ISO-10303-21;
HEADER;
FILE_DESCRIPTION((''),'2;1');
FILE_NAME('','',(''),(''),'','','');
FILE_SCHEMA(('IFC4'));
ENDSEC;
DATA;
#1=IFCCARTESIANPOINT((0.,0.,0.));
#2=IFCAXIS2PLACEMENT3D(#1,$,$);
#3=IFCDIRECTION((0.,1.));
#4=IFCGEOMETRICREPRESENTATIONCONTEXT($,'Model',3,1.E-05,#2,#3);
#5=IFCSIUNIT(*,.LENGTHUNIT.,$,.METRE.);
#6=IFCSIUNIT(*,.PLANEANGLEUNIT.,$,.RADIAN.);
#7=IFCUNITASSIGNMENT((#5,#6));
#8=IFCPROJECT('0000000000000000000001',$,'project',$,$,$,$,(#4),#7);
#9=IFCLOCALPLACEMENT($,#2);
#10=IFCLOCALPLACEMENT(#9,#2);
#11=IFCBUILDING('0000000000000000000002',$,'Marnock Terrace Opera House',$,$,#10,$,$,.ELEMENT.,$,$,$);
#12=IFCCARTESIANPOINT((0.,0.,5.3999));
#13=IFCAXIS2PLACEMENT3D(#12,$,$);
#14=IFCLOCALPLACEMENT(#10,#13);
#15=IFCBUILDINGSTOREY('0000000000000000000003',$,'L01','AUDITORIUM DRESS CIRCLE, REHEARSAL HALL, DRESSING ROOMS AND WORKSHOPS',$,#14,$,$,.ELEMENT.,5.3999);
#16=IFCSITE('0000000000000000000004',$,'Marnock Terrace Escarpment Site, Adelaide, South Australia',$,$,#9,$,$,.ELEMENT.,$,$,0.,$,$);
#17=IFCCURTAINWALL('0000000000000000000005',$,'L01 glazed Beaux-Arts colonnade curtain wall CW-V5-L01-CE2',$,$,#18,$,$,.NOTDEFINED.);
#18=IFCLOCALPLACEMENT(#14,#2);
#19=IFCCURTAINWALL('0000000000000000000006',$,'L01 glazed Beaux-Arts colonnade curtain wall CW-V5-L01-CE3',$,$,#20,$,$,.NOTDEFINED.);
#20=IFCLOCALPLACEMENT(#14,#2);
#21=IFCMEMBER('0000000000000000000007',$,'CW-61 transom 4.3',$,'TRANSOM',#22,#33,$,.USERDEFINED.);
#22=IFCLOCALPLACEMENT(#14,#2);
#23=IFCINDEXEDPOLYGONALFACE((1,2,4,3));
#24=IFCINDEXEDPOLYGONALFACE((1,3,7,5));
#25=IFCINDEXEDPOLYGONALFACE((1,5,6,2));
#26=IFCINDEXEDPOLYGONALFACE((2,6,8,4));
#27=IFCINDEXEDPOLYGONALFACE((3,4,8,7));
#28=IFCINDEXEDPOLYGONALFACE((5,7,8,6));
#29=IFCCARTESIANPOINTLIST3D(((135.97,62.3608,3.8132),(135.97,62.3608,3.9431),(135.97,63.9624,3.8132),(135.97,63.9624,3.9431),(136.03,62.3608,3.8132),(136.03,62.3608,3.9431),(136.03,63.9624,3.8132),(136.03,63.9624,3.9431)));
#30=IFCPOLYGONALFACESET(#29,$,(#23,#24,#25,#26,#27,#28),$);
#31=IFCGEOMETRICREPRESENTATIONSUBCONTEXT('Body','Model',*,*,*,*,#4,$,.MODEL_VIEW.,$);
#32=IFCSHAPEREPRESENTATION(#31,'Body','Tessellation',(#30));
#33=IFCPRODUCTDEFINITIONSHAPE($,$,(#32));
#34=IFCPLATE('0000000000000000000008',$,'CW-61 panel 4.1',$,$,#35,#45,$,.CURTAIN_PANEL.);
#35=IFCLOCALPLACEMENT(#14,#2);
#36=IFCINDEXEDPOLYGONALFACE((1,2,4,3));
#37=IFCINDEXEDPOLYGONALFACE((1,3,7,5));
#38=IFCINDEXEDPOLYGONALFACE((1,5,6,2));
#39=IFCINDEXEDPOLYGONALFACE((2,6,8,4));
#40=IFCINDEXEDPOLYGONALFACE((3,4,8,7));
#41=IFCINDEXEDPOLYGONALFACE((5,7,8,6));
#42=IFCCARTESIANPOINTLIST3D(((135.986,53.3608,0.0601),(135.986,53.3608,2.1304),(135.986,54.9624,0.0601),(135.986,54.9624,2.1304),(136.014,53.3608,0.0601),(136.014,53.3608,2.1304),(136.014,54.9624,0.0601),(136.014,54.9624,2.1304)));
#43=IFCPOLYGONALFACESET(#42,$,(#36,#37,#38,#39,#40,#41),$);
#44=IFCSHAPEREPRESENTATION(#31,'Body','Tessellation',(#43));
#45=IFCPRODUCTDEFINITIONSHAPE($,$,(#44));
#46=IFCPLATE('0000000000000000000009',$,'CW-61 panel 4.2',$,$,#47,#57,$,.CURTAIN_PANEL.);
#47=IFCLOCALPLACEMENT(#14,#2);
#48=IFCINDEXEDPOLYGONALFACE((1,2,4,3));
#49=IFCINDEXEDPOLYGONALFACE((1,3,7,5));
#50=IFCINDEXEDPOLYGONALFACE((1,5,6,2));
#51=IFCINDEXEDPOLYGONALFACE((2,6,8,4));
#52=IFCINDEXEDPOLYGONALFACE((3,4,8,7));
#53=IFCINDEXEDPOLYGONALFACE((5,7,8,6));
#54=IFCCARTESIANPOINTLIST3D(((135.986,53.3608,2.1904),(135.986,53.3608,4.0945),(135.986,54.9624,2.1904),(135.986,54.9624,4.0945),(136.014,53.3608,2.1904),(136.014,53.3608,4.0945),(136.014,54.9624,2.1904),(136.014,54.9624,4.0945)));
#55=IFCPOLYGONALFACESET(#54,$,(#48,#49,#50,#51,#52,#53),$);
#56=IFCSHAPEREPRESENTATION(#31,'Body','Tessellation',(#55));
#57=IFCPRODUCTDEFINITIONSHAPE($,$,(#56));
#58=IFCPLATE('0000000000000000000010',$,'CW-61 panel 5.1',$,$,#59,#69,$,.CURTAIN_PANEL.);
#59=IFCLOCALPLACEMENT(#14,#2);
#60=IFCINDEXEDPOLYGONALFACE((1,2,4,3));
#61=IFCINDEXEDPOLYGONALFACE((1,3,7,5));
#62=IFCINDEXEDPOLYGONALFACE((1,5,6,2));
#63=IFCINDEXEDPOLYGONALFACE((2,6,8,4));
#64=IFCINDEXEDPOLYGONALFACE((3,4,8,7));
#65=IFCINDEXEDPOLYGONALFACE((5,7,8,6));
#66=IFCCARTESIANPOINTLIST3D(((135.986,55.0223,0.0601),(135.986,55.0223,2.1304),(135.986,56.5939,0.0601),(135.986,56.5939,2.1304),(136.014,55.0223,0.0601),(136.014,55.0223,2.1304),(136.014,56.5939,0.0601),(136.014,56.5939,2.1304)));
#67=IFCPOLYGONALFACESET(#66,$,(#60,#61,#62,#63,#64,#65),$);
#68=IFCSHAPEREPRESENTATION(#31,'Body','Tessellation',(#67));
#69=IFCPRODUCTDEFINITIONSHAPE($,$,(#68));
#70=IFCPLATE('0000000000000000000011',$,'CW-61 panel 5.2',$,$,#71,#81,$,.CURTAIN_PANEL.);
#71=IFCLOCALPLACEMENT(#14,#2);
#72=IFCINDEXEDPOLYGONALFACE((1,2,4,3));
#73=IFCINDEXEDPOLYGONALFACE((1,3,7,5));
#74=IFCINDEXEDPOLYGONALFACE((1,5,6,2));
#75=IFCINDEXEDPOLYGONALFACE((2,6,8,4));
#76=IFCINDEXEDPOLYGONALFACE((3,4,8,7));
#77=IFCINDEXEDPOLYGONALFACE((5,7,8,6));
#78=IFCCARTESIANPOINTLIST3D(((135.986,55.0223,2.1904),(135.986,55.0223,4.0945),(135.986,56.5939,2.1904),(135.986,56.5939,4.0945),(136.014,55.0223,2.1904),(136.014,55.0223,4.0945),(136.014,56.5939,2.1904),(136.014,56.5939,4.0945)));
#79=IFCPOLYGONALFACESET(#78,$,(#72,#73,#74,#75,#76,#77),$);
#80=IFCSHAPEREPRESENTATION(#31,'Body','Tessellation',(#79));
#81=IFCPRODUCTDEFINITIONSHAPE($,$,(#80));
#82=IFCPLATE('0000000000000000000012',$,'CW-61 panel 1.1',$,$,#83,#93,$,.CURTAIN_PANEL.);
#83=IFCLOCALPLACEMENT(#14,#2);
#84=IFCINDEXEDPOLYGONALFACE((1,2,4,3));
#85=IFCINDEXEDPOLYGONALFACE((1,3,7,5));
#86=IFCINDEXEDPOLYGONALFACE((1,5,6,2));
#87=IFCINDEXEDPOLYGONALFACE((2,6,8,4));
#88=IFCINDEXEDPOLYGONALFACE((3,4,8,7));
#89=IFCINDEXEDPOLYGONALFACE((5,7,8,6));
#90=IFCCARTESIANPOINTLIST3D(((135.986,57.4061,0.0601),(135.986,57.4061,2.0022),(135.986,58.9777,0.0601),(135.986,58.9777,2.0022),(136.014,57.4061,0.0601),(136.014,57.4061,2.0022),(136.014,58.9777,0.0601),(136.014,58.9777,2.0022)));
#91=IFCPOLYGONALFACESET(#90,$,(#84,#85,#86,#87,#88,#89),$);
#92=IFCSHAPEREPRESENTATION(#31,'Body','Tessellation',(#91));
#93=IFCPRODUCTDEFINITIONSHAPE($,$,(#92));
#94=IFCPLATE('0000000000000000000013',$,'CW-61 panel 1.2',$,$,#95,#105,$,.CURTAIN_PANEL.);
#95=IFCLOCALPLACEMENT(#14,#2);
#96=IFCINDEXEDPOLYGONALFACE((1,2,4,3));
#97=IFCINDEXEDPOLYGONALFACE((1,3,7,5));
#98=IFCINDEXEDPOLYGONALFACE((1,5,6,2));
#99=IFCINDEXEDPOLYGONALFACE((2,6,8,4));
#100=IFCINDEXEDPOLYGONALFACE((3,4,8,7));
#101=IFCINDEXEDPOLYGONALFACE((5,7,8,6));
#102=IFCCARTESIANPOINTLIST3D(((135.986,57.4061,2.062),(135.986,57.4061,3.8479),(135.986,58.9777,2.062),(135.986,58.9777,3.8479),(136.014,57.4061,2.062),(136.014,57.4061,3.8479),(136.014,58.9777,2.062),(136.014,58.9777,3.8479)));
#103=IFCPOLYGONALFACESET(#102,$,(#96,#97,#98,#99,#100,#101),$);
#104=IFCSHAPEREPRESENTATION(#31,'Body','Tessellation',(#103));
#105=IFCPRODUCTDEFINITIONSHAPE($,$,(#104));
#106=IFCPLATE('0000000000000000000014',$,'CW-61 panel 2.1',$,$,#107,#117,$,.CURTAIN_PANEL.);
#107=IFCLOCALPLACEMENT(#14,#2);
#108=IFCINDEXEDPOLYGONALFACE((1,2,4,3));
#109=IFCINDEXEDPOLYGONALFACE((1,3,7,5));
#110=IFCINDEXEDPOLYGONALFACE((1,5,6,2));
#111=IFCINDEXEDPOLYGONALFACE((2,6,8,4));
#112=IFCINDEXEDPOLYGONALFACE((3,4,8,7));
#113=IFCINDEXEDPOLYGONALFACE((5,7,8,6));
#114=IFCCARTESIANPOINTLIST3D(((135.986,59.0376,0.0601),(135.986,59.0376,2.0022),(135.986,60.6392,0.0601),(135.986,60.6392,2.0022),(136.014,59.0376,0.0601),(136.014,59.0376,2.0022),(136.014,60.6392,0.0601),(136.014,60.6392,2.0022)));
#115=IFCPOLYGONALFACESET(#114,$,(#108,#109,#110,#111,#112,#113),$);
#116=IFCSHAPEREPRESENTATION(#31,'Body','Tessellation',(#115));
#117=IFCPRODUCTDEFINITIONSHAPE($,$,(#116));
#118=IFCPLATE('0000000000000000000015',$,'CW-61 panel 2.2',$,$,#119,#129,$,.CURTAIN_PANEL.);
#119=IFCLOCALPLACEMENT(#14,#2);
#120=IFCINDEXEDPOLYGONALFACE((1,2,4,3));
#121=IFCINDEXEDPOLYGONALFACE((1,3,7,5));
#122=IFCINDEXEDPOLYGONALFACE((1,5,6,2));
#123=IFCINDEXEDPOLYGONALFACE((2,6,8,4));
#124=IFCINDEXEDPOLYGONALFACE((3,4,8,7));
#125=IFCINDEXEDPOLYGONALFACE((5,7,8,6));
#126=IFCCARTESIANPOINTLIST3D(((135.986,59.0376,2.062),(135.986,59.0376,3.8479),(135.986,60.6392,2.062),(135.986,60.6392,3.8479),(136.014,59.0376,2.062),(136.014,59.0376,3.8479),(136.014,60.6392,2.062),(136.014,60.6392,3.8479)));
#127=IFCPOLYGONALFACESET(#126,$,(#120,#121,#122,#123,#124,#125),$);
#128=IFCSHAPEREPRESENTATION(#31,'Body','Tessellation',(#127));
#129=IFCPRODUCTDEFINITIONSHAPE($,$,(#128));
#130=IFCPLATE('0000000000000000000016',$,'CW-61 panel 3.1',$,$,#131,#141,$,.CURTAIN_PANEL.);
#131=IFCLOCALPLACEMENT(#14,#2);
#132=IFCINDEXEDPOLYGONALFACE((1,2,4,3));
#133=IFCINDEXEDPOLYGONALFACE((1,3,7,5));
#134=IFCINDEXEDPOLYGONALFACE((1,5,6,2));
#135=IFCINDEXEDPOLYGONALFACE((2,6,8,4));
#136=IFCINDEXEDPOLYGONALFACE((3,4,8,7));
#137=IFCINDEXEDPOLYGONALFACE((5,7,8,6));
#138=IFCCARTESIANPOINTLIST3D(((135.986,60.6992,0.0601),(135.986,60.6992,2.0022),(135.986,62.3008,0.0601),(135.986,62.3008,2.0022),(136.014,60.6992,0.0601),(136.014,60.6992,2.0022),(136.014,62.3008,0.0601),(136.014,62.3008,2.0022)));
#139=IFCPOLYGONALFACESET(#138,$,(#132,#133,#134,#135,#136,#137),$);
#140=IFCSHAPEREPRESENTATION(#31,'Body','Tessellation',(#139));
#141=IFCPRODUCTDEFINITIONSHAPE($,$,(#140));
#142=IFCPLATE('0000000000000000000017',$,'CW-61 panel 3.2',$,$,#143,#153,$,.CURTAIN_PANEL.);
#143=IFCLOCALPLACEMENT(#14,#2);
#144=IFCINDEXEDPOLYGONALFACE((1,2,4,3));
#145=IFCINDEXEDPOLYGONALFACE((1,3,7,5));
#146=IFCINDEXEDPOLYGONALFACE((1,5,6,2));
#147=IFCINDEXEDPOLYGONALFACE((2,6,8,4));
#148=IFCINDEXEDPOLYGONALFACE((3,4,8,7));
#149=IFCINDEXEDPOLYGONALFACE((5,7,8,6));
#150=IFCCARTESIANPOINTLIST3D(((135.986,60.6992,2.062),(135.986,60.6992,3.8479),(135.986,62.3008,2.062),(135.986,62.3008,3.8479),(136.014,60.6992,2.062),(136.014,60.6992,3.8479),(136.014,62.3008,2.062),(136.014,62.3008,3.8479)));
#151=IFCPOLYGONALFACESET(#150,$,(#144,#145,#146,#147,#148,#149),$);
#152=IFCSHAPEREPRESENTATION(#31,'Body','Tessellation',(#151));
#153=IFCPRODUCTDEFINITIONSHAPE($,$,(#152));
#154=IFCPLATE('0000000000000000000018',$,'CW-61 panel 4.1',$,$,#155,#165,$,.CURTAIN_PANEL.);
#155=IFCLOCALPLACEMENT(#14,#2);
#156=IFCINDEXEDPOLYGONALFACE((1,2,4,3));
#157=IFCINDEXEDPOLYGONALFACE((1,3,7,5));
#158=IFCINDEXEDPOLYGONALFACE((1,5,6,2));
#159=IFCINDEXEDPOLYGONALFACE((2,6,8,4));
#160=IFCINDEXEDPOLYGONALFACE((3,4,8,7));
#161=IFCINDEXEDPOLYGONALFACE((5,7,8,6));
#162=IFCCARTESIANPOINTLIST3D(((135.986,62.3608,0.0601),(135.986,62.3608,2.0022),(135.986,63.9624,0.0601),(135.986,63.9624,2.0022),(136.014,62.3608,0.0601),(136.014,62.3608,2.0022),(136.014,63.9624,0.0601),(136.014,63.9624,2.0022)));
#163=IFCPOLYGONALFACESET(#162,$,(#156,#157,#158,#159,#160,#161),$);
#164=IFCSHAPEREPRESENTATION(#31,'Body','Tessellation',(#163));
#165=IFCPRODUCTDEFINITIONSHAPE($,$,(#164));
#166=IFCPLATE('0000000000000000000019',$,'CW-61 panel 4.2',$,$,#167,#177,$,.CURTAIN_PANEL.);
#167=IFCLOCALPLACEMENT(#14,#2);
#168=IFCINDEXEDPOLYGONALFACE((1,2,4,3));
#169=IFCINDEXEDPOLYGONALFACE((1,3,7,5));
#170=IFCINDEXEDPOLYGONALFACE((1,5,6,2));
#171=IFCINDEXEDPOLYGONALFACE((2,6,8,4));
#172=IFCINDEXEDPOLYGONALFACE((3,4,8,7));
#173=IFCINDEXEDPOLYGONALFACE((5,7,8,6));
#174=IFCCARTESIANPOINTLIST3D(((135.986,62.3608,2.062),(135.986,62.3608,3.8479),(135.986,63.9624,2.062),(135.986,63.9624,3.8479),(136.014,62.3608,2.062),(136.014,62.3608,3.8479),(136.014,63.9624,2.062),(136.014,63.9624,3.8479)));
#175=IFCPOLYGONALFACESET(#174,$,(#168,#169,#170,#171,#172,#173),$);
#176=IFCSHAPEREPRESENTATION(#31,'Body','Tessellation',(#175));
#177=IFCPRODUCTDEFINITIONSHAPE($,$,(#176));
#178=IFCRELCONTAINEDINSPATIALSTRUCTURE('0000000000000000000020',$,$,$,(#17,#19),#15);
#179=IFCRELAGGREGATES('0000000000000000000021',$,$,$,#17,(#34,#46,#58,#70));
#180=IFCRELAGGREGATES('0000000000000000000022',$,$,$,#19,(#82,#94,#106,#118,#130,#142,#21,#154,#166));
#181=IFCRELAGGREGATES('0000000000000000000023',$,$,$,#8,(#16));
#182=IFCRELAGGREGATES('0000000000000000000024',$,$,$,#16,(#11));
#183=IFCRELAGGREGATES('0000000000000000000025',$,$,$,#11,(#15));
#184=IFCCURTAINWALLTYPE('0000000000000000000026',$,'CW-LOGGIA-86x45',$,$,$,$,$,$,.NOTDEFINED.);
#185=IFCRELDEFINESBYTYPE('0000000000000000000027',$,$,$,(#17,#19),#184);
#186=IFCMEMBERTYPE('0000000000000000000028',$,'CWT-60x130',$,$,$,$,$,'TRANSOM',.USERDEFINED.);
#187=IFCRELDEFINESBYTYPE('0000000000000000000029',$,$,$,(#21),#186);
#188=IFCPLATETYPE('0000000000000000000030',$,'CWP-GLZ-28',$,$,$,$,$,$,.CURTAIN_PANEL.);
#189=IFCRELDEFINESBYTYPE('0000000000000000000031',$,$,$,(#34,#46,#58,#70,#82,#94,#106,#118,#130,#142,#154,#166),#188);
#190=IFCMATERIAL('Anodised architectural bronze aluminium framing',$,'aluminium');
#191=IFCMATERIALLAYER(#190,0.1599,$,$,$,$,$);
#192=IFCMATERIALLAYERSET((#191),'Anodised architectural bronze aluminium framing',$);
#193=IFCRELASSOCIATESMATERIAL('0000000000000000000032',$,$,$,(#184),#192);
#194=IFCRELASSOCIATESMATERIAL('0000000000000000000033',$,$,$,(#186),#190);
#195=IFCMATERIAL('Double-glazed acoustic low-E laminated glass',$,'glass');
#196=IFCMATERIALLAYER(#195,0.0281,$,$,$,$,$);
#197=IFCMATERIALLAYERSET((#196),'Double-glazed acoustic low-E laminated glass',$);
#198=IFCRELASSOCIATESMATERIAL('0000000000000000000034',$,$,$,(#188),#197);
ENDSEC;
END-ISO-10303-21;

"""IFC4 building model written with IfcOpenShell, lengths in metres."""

from ifc_helpers import new_model, si_unit, direction, frame, origin, origin_2d, place, context, subcontext, project, spatial, rectangle, extrude, material, layer, layer_set, material_profile, profile_set, type_object, element, aggregate, save


model = new_model("IFC4")

# Units and contexts
model_context = context("Model", 3, precision=1e-05, world=origin(), true_north=direction((0.0, 1.0)))
body_context = subcontext(model_context, "Body", "Model", "MODEL_VIEW")
ifc_project = project(units=[si_unit("LENGTHUNIT", "METRE"), si_unit("PLANEANGLEUNIT", "RADIAN")], contexts=[model_context])

# Site, building, storey
site_placement = place(None, origin())
site = spatial("IfcSite", under=ifc_project, at=site_placement, Name="Marnock Terrace Escarpment Site, Adelaide, South Australia", CompositionType="ELEMENT", RefElevation=0.0)
building_placement = place(site_placement, origin())
building = spatial("IfcBuilding", under=site, at=building_placement, Name="Marnock Terrace Opera House", CompositionType="ELEMENT")
storey_placement = place(building_placement, frame((0.0, 0.0, 5.3999)))
storey = spatial("IfcBuildingStorey", under=building, at=storey_placement, Name="L01", Description="AUDITORIUM DRESS CIRCLE, REHEARSAL HALL, DRESSING ROOMS AND WORKSHOPS", CompositionType="ELEMENT", Elevation=5.3999)

# Curtain walls
ifc_material_1 = material(Name="Anodised architectural bronze aluminium framing", Category="aluminium")
ifc_layer_1 = layer(ifc_material_1, 0.1599)
ifc_layer_set_1 = layer_set([ifc_layer_1], Name="Anodised architectural bronze aluminium framing")
curtain_wall_type = type_object("IfcCurtainWallType", Name="CW-LOGGIA-86x45", PredefinedType="NOTDEFINED", material=ifc_layer_set_1)
curtain_wall_1_placement = place(storey_placement, origin())
curtain_wall_1 = element("IfcCurtainWall", 1, at=curtain_wall_1_placement, inside=storey, type_object=curtain_wall_type, Name="L01 glazed Beaux-Arts colonnade curtain wall CW-V5-L01-CE2", PredefinedType="NOTDEFINED")
curtain_wall_2_placement = place(storey_placement, origin())
curtain_wall_2 = element("IfcCurtainWall", 2, at=curtain_wall_2_placement, inside=storey, type_object=curtain_wall_type, Name="L01 glazed Beaux-Arts colonnade curtain wall CW-V5-L01-CE3", PredefinedType="NOTDEFINED")

# Member
ifc_material_profile_1 = material_profile(ifc_material_1, rectangle(XDim=0.0601, YDim=0.1299, at=origin_2d()))
ifc_profile_set_1 = profile_set([ifc_material_profile_1], Name="Anodised architectural bronze aluminium framing")
member_type_1 = type_object("IfcMemberType", Name="CWT-60x130", ElementType="TRANSOM", PredefinedType="USERDEFINED", material=ifc_profile_set_1)
member_1_placement = place(storey_placement, frame((136.0, 62.3608, 3.8782), z_axis=(0.0, 1.0, 0.0), x_axis=(-1.0, 0.0, 0.0)))
member_1 = element("IfcMember", 3, at=member_1_placement, type_object=member_type_1, Name="CW-61 transom 4.3", ObjectType="TRANSOM", PredefinedType="USERDEFINED", context=body_context, shape_type="SweptSolid", body=[
    extrude(rectangle(XDim=0.0601, YDim=0.1299, at=origin_2d()), origin(), (0.0, 0.0, 1.0), 1.6016),
])

# Plates
ifc_material_2 = material(Name="Double-glazed acoustic low-E laminated glass", Category="glass")
ifc_layer_2 = layer(ifc_material_2, 0.0281)
ifc_layer_set_2 = layer_set([ifc_layer_2], Name="Double-glazed acoustic low-E laminated glass")
plate_type = type_object("IfcPlateType", Name="CWP-GLZ-28", PredefinedType="CURTAIN_PANEL", material=ifc_layer_set_2)
plate_1_placement = place(storey_placement, frame((136.0, 54.1616, 0.0601), z_axis=(0.0, 0.0, 1.0), x_axis=(0.0, 1.0, 0.0)))
plate_1 = element("IfcPlate", 4, at=plate_1_placement, type_object=plate_type, Name="CW-61 panel 4.1", PredefinedType="CURTAIN_PANEL", context=body_context, shape_type="SweptSolid", body=[
    extrude(rectangle(XDim=1.6016, YDim=0.0281, at=origin_2d()), origin(), (0.0, 0.0, 1.0), 2.0703),
])
plate_2_placement = place(storey_placement, frame((136.0, 54.1616, 2.1904), z_axis=(0.0, 0.0, 1.0), x_axis=(0.0, 1.0, 0.0)))
plate_2 = element("IfcPlate", 5, at=plate_2_placement, type_object=plate_type, Name="CW-61 panel 4.2", PredefinedType="CURTAIN_PANEL", context=body_context, shape_type="SweptSolid", body=[
    extrude(rectangle(XDim=1.6016, YDim=0.0281, at=origin_2d()), origin(), (0.0, 0.0, 1.0), 1.9041),
])
plate_3_placement = place(storey_placement, frame((136.0, 55.8081, 0.0601), z_axis=(0.0, 0.0, 1.0), x_axis=(0.0, 1.0, 0.0)))
plate_3 = element("IfcPlate", 6, at=plate_3_placement, type_object=plate_type, Name="CW-61 panel 5.1", PredefinedType="CURTAIN_PANEL", context=body_context, shape_type="SweptSolid", body=[
    extrude(rectangle(XDim=1.5715, YDim=0.0281, at=origin_2d()), origin(), (0.0, 0.0, 1.0), 2.0703),
])
plate_4_placement = place(storey_placement, frame((136.0, 55.8081, 2.1904), z_axis=(0.0, 0.0, 1.0), x_axis=(0.0, 1.0, 0.0)))
plate_4 = element("IfcPlate", 7, at=plate_4_placement, type_object=plate_type, Name="CW-61 panel 5.2", PredefinedType="CURTAIN_PANEL", context=body_context, shape_type="SweptSolid", body=[
    extrude(rectangle(XDim=1.5715, YDim=0.0281, at=origin_2d()), origin(), (0.0, 0.0, 1.0), 1.9041),
])
aggregate(curtain_wall_1, [plate_1, plate_2, plate_3, plate_4])
plate_5_placement = place(storey_placement, frame((136.0, 58.1919, 0.0601), z_axis=(0.0, 0.0, 1.0), x_axis=(0.0, 1.0, 0.0)))
plate_5 = element("IfcPlate", 8, at=plate_5_placement, type_object=plate_type, Name="CW-61 panel 1.1", PredefinedType="CURTAIN_PANEL", context=body_context, shape_type="SweptSolid", body=[
    extrude(rectangle(XDim=1.5715, YDim=0.0281, at=origin_2d()), origin(), (0.0, 0.0, 1.0), 1.9421),
])
plate_6_placement = place(storey_placement, frame((136.0, 58.1919, 2.062), z_axis=(0.0, 0.0, 1.0), x_axis=(0.0, 1.0, 0.0)))
plate_6 = element("IfcPlate", 9, at=plate_6_placement, type_object=plate_type, Name="CW-61 panel 1.2", PredefinedType="CURTAIN_PANEL", context=body_context, shape_type="SweptSolid", body=[
    extrude(rectangle(XDim=1.5715, YDim=0.0281, at=origin_2d()), origin(), (0.0, 0.0, 1.0), 1.7859),
])
plate_7_placement = place(storey_placement, frame((136.0, 59.8384, 0.0601), z_axis=(0.0, 0.0, 1.0), x_axis=(0.0, 1.0, 0.0)))
plate_7 = element("IfcPlate", 10, at=plate_7_placement, type_object=plate_type, Name="CW-61 panel 2.1", PredefinedType="CURTAIN_PANEL", context=body_context, shape_type="SweptSolid", body=[
    extrude(rectangle(XDim=1.6016, YDim=0.0281, at=origin_2d()), origin(), (0.0, 0.0, 1.0), 1.9421),
])
plate_8_placement = place(storey_placement, frame((136.0, 59.8384, 2.062), z_axis=(0.0, 0.0, 1.0), x_axis=(0.0, 1.0, 0.0)))
plate_8 = element("IfcPlate", 11, at=plate_8_placement, type_object=plate_type, Name="CW-61 panel 2.2", PredefinedType="CURTAIN_PANEL", context=body_context, shape_type="SweptSolid", body=[
    extrude(rectangle(XDim=1.6016, YDim=0.0281, at=origin_2d()), origin(), (0.0, 0.0, 1.0), 1.7859),
])
plate_9_placement = place(storey_placement, frame((136.0, 61.5, 0.0601), z_axis=(0.0, 0.0, 1.0), x_axis=(0.0, 1.0, 0.0)))
plate_9 = element("IfcPlate", 12, at=plate_9_placement, type_object=plate_type, Name="CW-61 panel 3.1", PredefinedType="CURTAIN_PANEL", context=body_context, shape_type="SweptSolid", body=[
    extrude(rectangle(XDim=1.6016, YDim=0.0281, at=origin_2d()), origin(), (0.0, 0.0, 1.0), 1.9421),
])
plate_10_placement = place(storey_placement, frame((136.0, 61.5, 2.062), z_axis=(0.0, 0.0, 1.0), x_axis=(0.0, 1.0, 0.0)))
plate_10 = element("IfcPlate", 13, at=plate_10_placement, type_object=plate_type, Name="CW-61 panel 3.2", PredefinedType="CURTAIN_PANEL", context=body_context, shape_type="SweptSolid", body=[
    extrude(rectangle(XDim=1.6016, YDim=0.0281, at=origin_2d()), origin(), (0.0, 0.0, 1.0), 1.7859),
])
plate_11_placement = place(storey_placement, frame((136.0, 63.1616, 0.0601), z_axis=(0.0, 0.0, 1.0), x_axis=(0.0, 1.0, 0.0)))
plate_11 = element("IfcPlate", 14, at=plate_11_placement, type_object=plate_type, Name="CW-61 panel 4.1", PredefinedType="CURTAIN_PANEL", context=body_context, shape_type="SweptSolid", body=[
    extrude(rectangle(XDim=1.6016, YDim=0.0281, at=origin_2d()), origin(), (0.0, 0.0, 1.0), 1.9421),
])
plate_12_placement = place(storey_placement, frame((136.0, 63.1616, 2.062), z_axis=(0.0, 0.0, 1.0), x_axis=(0.0, 1.0, 0.0)))
plate_12 = element("IfcPlate", 15, at=plate_12_placement, type_object=plate_type, Name="CW-61 panel 4.2", PredefinedType="CURTAIN_PANEL", context=body_context, shape_type="SweptSolid", body=[
    extrude(rectangle(XDim=1.6016, YDim=0.0281, at=origin_2d()), origin(), (0.0, 0.0, 1.0), 1.7859),
])
aggregate(curtain_wall_2, [plate_5, plate_6, plate_7, plate_8, plate_9, plate_10, member_1, plate_11, plate_12])

save(model, "model.ifc")
